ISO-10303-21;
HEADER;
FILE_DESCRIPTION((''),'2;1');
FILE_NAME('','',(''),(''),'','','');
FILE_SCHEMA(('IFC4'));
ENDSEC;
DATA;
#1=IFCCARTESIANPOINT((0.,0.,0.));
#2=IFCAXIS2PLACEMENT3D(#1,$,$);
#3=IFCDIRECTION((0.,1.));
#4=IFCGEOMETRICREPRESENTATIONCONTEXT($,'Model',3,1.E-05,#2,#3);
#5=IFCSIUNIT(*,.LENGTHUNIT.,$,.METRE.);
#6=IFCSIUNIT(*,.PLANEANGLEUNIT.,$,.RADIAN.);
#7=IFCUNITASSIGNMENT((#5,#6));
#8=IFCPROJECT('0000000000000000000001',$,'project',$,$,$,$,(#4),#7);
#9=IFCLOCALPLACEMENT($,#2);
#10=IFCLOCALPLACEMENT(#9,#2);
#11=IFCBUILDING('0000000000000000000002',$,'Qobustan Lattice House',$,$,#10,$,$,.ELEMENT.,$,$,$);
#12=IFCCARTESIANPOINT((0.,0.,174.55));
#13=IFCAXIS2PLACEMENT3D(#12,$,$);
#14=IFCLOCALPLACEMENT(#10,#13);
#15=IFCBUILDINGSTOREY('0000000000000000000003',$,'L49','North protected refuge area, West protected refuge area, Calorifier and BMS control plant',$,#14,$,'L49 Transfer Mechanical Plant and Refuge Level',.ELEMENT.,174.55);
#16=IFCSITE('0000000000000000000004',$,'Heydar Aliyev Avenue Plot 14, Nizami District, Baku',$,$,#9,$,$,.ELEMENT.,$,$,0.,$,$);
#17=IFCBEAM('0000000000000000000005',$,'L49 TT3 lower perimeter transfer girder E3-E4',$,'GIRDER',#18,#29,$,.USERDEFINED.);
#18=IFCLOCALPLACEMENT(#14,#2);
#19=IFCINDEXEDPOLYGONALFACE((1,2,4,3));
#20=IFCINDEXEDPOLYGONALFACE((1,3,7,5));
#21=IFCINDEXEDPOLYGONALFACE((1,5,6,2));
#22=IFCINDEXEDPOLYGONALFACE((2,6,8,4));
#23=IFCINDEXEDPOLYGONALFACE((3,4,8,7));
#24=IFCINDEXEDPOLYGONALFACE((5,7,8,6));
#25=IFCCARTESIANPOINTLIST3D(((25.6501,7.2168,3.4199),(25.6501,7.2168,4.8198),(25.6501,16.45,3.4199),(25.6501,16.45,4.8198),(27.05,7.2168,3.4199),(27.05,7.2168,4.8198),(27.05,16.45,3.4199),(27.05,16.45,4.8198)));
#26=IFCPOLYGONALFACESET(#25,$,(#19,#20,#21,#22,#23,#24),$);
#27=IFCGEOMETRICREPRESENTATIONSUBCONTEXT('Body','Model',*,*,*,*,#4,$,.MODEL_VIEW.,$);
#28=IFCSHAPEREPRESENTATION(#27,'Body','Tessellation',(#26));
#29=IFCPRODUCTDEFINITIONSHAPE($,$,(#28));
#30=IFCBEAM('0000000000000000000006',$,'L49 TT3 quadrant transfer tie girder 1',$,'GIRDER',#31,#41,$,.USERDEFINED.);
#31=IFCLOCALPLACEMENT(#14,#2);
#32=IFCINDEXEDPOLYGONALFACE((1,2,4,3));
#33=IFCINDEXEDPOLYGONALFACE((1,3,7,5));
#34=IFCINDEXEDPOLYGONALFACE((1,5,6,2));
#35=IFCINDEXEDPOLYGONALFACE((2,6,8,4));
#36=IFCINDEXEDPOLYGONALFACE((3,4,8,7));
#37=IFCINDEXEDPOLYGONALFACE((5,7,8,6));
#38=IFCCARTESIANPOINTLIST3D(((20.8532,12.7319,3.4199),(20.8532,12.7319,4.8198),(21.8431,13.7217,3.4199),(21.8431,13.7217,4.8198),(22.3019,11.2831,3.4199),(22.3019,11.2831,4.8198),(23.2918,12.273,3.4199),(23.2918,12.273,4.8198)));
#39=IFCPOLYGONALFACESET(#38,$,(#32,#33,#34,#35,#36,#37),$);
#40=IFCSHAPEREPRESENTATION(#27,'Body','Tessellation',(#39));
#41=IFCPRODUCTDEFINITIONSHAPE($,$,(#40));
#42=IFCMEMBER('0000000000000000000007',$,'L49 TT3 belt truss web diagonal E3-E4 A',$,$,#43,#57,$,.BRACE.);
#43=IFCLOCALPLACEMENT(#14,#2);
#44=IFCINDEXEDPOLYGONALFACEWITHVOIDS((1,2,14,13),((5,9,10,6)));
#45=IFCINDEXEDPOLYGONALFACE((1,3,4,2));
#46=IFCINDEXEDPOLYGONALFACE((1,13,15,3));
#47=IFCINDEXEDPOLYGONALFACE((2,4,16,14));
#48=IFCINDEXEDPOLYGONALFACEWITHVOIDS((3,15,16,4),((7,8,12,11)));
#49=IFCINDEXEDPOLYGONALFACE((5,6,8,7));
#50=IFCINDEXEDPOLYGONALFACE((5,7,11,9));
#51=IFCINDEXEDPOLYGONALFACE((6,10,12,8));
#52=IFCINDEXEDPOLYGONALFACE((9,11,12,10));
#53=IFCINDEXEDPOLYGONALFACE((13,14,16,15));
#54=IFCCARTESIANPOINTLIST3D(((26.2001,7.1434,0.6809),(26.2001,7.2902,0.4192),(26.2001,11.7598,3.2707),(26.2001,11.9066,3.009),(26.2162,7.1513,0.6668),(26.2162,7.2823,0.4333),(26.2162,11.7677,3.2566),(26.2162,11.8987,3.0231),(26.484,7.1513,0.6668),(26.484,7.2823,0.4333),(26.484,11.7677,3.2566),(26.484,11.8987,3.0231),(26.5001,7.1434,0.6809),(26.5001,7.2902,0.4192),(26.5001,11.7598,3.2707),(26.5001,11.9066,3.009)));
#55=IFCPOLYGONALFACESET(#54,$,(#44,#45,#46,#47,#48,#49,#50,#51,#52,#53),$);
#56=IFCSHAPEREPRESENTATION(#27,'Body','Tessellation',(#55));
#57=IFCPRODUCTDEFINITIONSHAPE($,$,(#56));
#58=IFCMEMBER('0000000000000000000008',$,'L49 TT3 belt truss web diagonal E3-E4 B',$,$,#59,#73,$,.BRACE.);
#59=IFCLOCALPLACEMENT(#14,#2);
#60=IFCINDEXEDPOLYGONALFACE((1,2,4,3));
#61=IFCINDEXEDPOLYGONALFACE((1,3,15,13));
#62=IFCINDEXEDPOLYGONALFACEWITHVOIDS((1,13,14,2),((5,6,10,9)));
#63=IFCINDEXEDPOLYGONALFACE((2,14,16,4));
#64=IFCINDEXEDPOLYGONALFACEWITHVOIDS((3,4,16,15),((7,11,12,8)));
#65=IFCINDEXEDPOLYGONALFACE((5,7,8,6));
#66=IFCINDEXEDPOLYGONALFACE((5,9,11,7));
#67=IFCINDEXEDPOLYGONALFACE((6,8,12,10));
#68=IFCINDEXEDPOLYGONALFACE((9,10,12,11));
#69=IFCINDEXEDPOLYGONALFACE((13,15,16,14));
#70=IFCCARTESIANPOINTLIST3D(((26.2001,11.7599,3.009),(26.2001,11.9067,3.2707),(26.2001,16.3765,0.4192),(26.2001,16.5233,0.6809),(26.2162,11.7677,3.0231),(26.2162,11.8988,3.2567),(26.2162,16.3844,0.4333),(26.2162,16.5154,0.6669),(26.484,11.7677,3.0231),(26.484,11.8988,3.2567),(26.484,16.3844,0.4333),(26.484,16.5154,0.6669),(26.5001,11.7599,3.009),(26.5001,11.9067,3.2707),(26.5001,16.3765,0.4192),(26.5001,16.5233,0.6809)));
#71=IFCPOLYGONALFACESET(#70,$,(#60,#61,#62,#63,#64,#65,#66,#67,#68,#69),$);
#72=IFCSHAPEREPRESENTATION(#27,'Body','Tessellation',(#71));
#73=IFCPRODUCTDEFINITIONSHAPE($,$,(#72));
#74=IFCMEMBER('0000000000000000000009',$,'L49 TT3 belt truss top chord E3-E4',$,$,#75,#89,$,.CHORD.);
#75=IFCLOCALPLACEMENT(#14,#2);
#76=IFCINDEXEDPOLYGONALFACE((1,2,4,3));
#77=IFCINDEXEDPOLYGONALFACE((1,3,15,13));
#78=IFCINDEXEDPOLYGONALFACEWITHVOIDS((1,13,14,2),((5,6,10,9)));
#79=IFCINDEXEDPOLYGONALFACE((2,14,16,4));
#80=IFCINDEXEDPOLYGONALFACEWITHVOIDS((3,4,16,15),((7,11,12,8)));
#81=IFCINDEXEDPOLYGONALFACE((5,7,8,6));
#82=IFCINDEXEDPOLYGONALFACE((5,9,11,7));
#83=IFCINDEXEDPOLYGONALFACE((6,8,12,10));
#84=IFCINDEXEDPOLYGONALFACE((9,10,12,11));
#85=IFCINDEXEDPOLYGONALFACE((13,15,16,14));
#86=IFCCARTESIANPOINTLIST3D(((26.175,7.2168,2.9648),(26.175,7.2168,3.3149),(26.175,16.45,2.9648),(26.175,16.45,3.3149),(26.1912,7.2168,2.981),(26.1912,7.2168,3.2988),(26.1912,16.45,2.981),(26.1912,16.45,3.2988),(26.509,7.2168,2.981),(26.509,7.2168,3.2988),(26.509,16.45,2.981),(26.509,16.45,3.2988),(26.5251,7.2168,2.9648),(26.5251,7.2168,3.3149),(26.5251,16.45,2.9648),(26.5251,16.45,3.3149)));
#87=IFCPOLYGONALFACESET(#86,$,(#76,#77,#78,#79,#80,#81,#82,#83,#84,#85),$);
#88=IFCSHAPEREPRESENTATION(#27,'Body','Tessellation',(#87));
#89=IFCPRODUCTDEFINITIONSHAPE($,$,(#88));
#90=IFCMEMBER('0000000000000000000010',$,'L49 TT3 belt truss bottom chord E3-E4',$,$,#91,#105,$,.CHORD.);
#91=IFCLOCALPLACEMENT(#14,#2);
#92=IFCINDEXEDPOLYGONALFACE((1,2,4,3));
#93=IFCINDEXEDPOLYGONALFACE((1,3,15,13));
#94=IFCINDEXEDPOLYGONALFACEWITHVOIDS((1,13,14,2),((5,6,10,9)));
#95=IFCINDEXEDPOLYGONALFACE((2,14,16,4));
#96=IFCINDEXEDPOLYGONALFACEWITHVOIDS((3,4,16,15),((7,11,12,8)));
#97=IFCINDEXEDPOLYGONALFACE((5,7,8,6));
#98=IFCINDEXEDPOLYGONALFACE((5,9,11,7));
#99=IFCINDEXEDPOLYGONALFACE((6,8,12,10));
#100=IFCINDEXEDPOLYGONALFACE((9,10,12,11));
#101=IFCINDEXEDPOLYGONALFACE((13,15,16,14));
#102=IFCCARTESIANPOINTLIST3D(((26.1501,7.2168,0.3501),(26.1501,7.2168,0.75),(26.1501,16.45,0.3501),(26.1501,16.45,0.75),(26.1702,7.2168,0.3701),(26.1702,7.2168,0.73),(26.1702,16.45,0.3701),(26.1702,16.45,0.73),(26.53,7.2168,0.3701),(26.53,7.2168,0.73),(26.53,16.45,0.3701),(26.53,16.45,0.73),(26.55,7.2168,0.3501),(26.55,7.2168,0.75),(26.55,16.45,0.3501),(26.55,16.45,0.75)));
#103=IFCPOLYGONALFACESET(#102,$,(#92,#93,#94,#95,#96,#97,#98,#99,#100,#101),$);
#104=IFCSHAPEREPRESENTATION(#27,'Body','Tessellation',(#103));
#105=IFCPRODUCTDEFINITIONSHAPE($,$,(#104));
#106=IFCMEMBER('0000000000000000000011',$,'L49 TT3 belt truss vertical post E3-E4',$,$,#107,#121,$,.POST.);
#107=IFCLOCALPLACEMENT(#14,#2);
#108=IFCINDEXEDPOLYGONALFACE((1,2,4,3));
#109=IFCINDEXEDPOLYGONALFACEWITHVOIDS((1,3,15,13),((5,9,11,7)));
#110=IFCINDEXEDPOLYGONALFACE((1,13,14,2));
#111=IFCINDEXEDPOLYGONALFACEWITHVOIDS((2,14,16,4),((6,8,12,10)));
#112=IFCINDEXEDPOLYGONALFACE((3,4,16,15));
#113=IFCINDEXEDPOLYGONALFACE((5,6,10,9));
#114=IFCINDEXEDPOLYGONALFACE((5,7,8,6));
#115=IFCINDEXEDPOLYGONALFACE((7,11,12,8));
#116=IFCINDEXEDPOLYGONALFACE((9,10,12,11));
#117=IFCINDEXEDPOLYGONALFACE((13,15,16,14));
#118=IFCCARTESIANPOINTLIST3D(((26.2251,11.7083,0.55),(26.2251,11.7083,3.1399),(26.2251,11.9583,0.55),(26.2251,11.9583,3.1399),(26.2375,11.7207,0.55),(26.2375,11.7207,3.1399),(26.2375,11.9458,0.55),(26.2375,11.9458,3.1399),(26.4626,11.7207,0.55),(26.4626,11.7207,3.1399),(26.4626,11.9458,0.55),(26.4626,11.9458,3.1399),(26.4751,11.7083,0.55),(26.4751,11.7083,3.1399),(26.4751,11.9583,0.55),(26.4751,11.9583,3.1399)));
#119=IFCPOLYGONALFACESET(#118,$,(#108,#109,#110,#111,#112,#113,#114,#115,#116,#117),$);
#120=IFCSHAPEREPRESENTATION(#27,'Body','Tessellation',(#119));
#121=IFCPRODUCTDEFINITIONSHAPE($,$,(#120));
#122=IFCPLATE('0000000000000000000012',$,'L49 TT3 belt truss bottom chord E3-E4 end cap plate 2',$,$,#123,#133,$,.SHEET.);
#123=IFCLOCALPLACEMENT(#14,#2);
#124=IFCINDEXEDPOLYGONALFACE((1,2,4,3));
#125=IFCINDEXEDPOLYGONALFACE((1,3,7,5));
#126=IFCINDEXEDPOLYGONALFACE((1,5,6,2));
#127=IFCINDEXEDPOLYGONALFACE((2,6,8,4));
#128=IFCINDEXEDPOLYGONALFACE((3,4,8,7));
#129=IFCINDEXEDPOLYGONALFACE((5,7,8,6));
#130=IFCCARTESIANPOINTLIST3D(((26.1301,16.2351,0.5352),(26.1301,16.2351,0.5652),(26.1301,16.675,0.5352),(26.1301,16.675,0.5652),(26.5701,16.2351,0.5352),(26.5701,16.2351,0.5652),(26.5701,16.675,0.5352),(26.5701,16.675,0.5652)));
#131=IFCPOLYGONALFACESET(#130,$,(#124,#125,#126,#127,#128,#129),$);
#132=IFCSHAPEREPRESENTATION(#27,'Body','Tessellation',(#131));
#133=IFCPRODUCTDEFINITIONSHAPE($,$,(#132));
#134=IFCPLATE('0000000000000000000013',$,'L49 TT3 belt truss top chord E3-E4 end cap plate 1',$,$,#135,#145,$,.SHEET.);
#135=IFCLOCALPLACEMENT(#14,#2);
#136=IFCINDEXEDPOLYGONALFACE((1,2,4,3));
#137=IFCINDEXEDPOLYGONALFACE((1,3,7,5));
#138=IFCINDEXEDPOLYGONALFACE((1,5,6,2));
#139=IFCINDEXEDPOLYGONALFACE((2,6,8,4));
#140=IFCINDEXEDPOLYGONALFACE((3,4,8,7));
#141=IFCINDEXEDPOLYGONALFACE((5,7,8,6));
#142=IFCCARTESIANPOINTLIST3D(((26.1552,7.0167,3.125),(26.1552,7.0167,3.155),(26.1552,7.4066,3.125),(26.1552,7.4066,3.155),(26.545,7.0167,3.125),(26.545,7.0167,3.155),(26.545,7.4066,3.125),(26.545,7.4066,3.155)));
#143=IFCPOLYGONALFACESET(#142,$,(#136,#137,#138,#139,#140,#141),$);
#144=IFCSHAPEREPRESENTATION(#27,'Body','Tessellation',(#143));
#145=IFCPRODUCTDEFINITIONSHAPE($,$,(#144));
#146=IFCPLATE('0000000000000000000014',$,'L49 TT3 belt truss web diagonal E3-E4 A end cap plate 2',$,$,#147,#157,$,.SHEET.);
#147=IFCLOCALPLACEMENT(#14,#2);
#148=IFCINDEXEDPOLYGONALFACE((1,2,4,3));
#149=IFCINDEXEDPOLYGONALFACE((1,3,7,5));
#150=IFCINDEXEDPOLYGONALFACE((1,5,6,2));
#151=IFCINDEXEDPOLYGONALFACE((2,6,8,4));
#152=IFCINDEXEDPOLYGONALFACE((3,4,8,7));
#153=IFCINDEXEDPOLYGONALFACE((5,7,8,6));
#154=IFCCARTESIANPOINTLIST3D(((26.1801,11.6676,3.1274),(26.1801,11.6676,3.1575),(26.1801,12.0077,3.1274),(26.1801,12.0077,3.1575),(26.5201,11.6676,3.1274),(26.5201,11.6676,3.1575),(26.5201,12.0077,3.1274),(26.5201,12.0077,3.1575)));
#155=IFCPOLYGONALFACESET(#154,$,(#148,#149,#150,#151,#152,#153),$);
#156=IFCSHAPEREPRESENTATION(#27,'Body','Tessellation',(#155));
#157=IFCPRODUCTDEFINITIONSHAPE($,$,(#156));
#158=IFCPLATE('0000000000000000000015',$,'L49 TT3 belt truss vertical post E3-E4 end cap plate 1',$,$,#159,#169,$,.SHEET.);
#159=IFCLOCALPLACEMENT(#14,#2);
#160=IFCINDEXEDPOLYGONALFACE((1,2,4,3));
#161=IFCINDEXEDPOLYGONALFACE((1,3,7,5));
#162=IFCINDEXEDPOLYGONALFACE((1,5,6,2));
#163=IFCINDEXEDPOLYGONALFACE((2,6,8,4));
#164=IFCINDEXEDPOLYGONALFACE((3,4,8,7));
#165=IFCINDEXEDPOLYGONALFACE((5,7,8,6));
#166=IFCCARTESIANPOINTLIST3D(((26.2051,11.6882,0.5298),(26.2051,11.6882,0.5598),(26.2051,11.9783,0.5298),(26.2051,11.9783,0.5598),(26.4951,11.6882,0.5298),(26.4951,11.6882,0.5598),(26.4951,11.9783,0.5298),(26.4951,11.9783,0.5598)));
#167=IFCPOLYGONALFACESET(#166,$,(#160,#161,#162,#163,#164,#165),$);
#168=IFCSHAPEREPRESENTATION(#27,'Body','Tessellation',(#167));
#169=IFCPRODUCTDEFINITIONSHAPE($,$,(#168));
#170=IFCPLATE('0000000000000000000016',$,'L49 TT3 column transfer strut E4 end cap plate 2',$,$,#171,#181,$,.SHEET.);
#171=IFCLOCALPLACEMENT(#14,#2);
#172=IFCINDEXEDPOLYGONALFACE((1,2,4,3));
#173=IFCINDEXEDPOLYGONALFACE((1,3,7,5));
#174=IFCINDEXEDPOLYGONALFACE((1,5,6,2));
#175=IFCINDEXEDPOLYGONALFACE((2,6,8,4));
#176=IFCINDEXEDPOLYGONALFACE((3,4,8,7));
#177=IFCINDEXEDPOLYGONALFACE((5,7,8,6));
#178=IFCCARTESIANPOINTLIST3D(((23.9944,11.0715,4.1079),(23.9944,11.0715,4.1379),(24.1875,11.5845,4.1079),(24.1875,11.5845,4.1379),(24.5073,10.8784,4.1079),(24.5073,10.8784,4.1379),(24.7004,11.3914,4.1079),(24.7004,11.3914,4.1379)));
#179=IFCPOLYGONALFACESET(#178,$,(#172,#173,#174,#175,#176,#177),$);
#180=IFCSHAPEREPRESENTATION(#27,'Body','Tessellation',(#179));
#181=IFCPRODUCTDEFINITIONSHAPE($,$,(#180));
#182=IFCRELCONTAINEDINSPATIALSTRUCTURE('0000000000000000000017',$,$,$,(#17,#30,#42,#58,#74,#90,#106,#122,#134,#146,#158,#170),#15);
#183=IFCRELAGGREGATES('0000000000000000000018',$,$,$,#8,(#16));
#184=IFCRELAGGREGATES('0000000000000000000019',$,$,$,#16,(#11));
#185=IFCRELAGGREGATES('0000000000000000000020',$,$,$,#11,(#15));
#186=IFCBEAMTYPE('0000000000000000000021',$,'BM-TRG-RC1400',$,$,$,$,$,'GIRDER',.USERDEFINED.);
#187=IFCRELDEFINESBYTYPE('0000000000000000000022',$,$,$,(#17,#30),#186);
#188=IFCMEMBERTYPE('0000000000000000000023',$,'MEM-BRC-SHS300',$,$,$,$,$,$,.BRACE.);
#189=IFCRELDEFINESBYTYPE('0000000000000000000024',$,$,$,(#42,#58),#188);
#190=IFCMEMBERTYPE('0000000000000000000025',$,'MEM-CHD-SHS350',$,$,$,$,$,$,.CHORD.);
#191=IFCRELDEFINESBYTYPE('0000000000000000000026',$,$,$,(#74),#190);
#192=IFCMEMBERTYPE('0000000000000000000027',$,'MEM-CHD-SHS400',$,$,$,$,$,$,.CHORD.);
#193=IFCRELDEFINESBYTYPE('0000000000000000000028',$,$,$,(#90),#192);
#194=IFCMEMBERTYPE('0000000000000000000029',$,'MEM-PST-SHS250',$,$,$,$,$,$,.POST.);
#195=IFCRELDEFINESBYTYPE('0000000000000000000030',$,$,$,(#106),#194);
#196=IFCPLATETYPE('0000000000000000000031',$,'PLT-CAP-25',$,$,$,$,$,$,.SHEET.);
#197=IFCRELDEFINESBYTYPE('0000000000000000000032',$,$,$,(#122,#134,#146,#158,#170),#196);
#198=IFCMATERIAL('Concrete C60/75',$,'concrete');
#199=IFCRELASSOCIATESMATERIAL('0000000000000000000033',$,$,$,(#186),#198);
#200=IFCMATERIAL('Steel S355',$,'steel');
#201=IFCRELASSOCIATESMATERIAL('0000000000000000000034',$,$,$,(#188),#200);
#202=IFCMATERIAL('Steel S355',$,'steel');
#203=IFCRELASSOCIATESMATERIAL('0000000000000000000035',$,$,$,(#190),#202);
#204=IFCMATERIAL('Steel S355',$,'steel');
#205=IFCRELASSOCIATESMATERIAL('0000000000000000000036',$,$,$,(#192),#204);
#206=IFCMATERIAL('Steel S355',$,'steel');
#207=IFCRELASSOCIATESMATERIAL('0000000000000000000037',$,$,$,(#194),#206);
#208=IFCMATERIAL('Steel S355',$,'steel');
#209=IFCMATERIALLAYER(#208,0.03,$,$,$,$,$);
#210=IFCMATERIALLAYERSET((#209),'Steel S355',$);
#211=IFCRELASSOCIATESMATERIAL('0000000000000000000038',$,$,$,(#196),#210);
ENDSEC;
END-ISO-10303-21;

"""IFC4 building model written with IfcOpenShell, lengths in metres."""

from ifc_helpers import new_model, si_unit, direction, frame, origin, origin_2d, place, context, subcontext, project, spatial, rectangle, hollow_rectangle, extrude, material, layer, layer_set, material_profile, profile_set, type_object, element, save


model = new_model("IFC4")

# Units and contexts
model_context = context("Model", 3, precision=1e-05, world=origin(), true_north=direction((0.0, 1.0)))
body_context = subcontext(model_context, "Body", "Model", "MODEL_VIEW")
ifc_project = project(units=[si_unit("LENGTHUNIT", "METRE"), si_unit("PLANEANGLEUNIT", "RADIAN")], contexts=[model_context])

# Site, building, storey
site_placement = place(None, origin())
site = spatial("IfcSite", under=ifc_project, at=site_placement, Name="Heydar Aliyev Avenue Plot 14, Nizami District, Baku", CompositionType="ELEMENT", RefElevation=0.0)
building_placement = place(site_placement, origin())
building = spatial("IfcBuilding", under=site, at=building_placement, Name="Qobustan Lattice House", CompositionType="ELEMENT")
storey_placement = place(building_placement, frame((0.0, 0.0, 174.55)))
storey = spatial("IfcBuildingStorey", under=building, at=storey_placement, Name="L49", Description="North protected refuge area, West protected refuge area, Calorifier and BMS control plant", LongName="L49 Transfer Mechanical Plant and Refuge Level", CompositionType="ELEMENT", Elevation=174.55)

# Beams
ifc_material_1 = material(Name="Concrete C60/75", Category="concrete")
ifc_material_profile_1 = material_profile(ifc_material_1, rectangle(XDim=1.3999, YDim=1.3999, at=origin_2d()), Name="RC1400x1400")
ifc_profile_set_1 = profile_set([ifc_material_profile_1], Name="Concrete C60/75")
beam_type = type_object("IfcBeamType", Name="BM-TRG-RC1400", ElementType="GIRDER", PredefinedType="USERDEFINED", material=ifc_profile_set_1)
beam_1_placement = place(storey_placement, frame((26.3501, 7.2168, 4.1199), z_axis=(0.0, 1.0, 0.0), x_axis=(-1.0, 0.0, 0.0)))
element("IfcBeam", 1, at=beam_1_placement, inside=storey, type_object=beam_type, Name="L49 TT3 lower perimeter transfer girder E3-E4", ObjectType="GIRDER", PredefinedType="USERDEFINED", context=body_context, shape_type="SweptSolid", body=[
    extrude(rectangle(XDim=1.3999, YDim=1.3999, at=origin_2d()), origin(), (0.0, 0.0, 1.0), 9.2332),
])
beam_2_placement = place(storey_placement, frame((21.3481, 13.2268, 4.1199), z_axis=(0.707107, -0.707107, 0.0), x_axis=(0.707107, 0.707107, 0.0)))
element("IfcBeam", 2, at=beam_2_placement, inside=storey, type_object=beam_type, Name="L49 TT3 quadrant transfer tie girder 1", ObjectType="GIRDER", PredefinedType="USERDEFINED", context=body_context, shape_type="SweptSolid", body=[
    extrude(rectangle(XDim=1.3999, YDim=1.3999, at=origin_2d()), origin(), (0.0, 0.0, 1.0), 2.0488),
])

# Members
ifc_material_2 = material(Name="Steel S355", Category="steel")
ifc_material_profile_2 = material_profile(ifc_material_2, hollow_rectangle(XDim=0.3, YDim=0.3, WallThickness=0.0161, at=origin_2d()), Name="SHS300x300x16")
ifc_profile_set_2 = profile_set([ifc_material_profile_2], Name="Steel S355")
member_type_1 = type_object("IfcMemberType", Name="MEM-BRC-SHS300", PredefinedType="BRACE", material=ifc_profile_set_2)
member_1_placement = place(storey_placement, frame((26.3501, 7.2168, 0.55), z_axis=(0.0, 0.872133, 0.489269), x_axis=(-1.0, 0.0, 0.0)))
element("IfcMember", 3, at=member_1_placement, inside=storey, type_object=member_type_1, Name="L49 TT3 belt truss web diagonal E3-E4 A", PredefinedType="BRACE", context=body_context, shape_type="SweptSolid", body=[
    extrude(hollow_rectangle(XDim=0.3, YDim=0.3, WallThickness=0.0161, at=origin_2d()), origin(), (0.0, 0.0, 1.0), 5.2932),
])
member_2_placement = place(storey_placement, frame((26.3501, 11.8333, 3.1399), z_axis=(0.0, 0.872144, -0.489249), x_axis=(-1.0, 0.0, 0.0)))
element("IfcMember", 4, at=member_2_placement, inside=storey, type_object=member_type_1, Name="L49 TT3 belt truss web diagonal E3-E4 B", PredefinedType="BRACE", context=body_context, shape_type="SweptSolid", body=[
    extrude(hollow_rectangle(XDim=0.3, YDim=0.3, WallThickness=0.0161, at=origin_2d()), origin(), (0.0, 0.0, 1.0), 5.2935),
])
ifc_material_3 = material(Name="Steel S355", Category="steel")
ifc_material_profile_3 = material_profile(ifc_material_3, hollow_rectangle(XDim=0.3501, YDim=0.3501, WallThickness=0.0161, at=origin_2d()), Name="SHS350x350x16")
ifc_profile_set_3 = profile_set([ifc_material_profile_3], Name="Steel S355")
member_type_2 = type_object("IfcMemberType", Name="MEM-CHD-SHS350", PredefinedType="CHORD", material=ifc_profile_set_3)
member_3_placement = place(storey_placement, frame((26.3501, 7.2168, 3.1399), z_axis=(0.0, 1.0, 0.0), x_axis=(-1.0, 0.0, 0.0)))
element("IfcMember", 5, at=member_3_placement, inside=storey, type_object=member_type_2, Name="L49 TT3 belt truss top chord E3-E4", PredefinedType="CHORD", context=body_context, shape_type="SweptSolid", body=[
    extrude(hollow_rectangle(XDim=0.3501, YDim=0.3501, WallThickness=0.0161, at=origin_2d()), origin(), (0.0, 0.0, 1.0), 9.2332),
])
ifc_material_4 = material(Name="Steel S355", Category="steel")
ifc_material_profile_4 = material_profile(ifc_material_4, hollow_rectangle(XDim=0.3999, YDim=0.3999, WallThickness=0.02, at=origin_2d()), Name="SHS400x400x20")
ifc_profile_set_4 = profile_set([ifc_material_profile_4], Name="Steel S355")
member_type_3 = type_object("IfcMemberType", Name="MEM-CHD-SHS400", PredefinedType="CHORD", material=ifc_profile_set_4)
member_4_placement = place(storey_placement, frame((26.3501, 7.2168, 0.55), z_axis=(0.0, 1.0, 0.0), x_axis=(-1.0, 0.0, 0.0)))
element("IfcMember", 6, at=member_4_placement, inside=storey, type_object=member_type_3, Name="L49 TT3 belt truss bottom chord E3-E4", PredefinedType="CHORD", context=body_context, shape_type="SweptSolid", body=[
    extrude(hollow_rectangle(XDim=0.3999, YDim=0.3999, WallThickness=0.02, at=origin_2d()), origin(), (0.0, 0.0, 1.0), 9.2332),
])
ifc_material_5 = material(Name="Steel S355", Category="steel")
ifc_material_profile_5 = material_profile(ifc_material_5, hollow_rectangle(XDim=0.25, YDim=0.25, WallThickness=0.0125, at=origin_2d()), Name="SHS250x250x12.5")
ifc_profile_set_5 = profile_set([ifc_material_profile_5], Name="Steel S355")
member_type_4 = type_object("IfcMemberType", Name="MEM-PST-SHS250", PredefinedType="POST", material=ifc_profile_set_5)
member_5_placement = place(storey_placement, frame((26.3501, 11.8333, 0.55), z_axis=(0.0, 0.0, 1.0), x_axis=(1.0, 0.0, 0.0)))
element("IfcMember", 7, at=member_5_placement, inside=storey, type_object=member_type_4, Name="L49 TT3 belt truss vertical post E3-E4", PredefinedType="POST", context=body_context, shape_type="SweptSolid", body=[
    extrude(hollow_rectangle(XDim=0.25, YDim=0.25, WallThickness=0.0125, at=origin_2d()), origin(), (0.0, 0.0, 1.0), 2.5898),
])

# Plates
ifc_material_6 = material(Name="Steel S355", Category="steel")
ifc_layer_1 = layer(ifc_material_6, 0.03)
ifc_layer_set_1 = layer_set([ifc_layer_1], Name="Steel S355")
plate_type = type_object("IfcPlateType", Name="PLT-CAP-25", PredefinedType="SHEET", material=ifc_layer_set_1)
plate_1_placement = place(storey_placement, frame((26.3501, 16.4551, 0.5352), z_axis=(0.0, 0.0, 1.0), x_axis=(0.0, 1.0, 0.0)))
element("IfcPlate", 8, at=plate_1_placement, inside=storey, type_object=plate_type, Name="L49 TT3 belt truss bottom chord E3-E4 end cap plate 2", PredefinedType="SHEET", context=body_context, shape_type="SweptSolid", body=[
    extrude(rectangle(XDim=0.4399, YDim=0.4399, at=origin_2d()), origin(), (0.0, 0.0, 1.0), 0.03),
])
plate_2_placement = place(storey_placement, frame((26.3501, 7.2117, 3.125), z_axis=(0.0, 0.0, 1.0), x_axis=(0.0, 1.0, 0.0)))
element("IfcPlate", 9, at=plate_2_placement, inside=storey, type_object=plate_type, Name="L49 TT3 belt truss top chord E3-E4 end cap plate 1", PredefinedType="SHEET", context=body_context, shape_type="SweptSolid", body=[
    extrude(rectangle(XDim=0.3899, YDim=0.3899, at=origin_2d()), origin(), (0.0, 0.0, 1.0), 0.03),
])
plate_3_placement = place(storey_placement, frame((26.3501, 11.8376, 3.1274), z_axis=(0.0, 0.0, 1.0), x_axis=(0.0, 1.0, 0.0)))
element("IfcPlate", 10, at=plate_3_placement, inside=storey, type_object=plate_type, Name="L49 TT3 belt truss web diagonal E3-E4 A end cap plate 2", PredefinedType="SHEET", context=body_context, shape_type="SweptSolid", body=[
    extrude(rectangle(XDim=0.3401, YDim=0.3401, at=origin_2d()), origin(), (0.0, 0.0, 1.0), 0.03),
])
plate_4_placement = place(storey_placement, frame((26.3501, 11.8333, 0.5298), z_axis=(0.0, 0.0, 1.0), x_axis=(1.0, 0.0, 0.0)))
element("IfcPlate", 11, at=plate_4_placement, inside=storey, type_object=plate_type, Name="L49 TT3 belt truss vertical post E3-E4 end cap plate 1", PredefinedType="SHEET", context=body_context, shape_type="SweptSolid", body=[
    extrude(rectangle(XDim=0.29, YDim=0.29, at=origin_2d()), origin(), (0.0, 0.0, 1.0), 0.03),
])
for number, where, z_axis, x_axis, name in (
    (12, (24.3474, 11.2314, 4.1079), (0.0, 0.0, 1.0), (-0.352364, -0.935863, 0.0), "L49 TT3 column transfer strut E4 end cap plate 2"),
):
    element("IfcPlate", number, at=place(storey_placement, frame(where, z_axis=z_axis, x_axis=x_axis)), inside=storey, type_object=plate_type, Name=name, PredefinedType="SHEET", context=body_context, shape_type="SweptSolid", body=[
        extrude(rectangle(XDim=0.5481, YDim=0.5481, at=origin_2d()), origin(), (0.0, 0.0, 1.0), 0.03),
    ])

save(model, "model.ifc")
